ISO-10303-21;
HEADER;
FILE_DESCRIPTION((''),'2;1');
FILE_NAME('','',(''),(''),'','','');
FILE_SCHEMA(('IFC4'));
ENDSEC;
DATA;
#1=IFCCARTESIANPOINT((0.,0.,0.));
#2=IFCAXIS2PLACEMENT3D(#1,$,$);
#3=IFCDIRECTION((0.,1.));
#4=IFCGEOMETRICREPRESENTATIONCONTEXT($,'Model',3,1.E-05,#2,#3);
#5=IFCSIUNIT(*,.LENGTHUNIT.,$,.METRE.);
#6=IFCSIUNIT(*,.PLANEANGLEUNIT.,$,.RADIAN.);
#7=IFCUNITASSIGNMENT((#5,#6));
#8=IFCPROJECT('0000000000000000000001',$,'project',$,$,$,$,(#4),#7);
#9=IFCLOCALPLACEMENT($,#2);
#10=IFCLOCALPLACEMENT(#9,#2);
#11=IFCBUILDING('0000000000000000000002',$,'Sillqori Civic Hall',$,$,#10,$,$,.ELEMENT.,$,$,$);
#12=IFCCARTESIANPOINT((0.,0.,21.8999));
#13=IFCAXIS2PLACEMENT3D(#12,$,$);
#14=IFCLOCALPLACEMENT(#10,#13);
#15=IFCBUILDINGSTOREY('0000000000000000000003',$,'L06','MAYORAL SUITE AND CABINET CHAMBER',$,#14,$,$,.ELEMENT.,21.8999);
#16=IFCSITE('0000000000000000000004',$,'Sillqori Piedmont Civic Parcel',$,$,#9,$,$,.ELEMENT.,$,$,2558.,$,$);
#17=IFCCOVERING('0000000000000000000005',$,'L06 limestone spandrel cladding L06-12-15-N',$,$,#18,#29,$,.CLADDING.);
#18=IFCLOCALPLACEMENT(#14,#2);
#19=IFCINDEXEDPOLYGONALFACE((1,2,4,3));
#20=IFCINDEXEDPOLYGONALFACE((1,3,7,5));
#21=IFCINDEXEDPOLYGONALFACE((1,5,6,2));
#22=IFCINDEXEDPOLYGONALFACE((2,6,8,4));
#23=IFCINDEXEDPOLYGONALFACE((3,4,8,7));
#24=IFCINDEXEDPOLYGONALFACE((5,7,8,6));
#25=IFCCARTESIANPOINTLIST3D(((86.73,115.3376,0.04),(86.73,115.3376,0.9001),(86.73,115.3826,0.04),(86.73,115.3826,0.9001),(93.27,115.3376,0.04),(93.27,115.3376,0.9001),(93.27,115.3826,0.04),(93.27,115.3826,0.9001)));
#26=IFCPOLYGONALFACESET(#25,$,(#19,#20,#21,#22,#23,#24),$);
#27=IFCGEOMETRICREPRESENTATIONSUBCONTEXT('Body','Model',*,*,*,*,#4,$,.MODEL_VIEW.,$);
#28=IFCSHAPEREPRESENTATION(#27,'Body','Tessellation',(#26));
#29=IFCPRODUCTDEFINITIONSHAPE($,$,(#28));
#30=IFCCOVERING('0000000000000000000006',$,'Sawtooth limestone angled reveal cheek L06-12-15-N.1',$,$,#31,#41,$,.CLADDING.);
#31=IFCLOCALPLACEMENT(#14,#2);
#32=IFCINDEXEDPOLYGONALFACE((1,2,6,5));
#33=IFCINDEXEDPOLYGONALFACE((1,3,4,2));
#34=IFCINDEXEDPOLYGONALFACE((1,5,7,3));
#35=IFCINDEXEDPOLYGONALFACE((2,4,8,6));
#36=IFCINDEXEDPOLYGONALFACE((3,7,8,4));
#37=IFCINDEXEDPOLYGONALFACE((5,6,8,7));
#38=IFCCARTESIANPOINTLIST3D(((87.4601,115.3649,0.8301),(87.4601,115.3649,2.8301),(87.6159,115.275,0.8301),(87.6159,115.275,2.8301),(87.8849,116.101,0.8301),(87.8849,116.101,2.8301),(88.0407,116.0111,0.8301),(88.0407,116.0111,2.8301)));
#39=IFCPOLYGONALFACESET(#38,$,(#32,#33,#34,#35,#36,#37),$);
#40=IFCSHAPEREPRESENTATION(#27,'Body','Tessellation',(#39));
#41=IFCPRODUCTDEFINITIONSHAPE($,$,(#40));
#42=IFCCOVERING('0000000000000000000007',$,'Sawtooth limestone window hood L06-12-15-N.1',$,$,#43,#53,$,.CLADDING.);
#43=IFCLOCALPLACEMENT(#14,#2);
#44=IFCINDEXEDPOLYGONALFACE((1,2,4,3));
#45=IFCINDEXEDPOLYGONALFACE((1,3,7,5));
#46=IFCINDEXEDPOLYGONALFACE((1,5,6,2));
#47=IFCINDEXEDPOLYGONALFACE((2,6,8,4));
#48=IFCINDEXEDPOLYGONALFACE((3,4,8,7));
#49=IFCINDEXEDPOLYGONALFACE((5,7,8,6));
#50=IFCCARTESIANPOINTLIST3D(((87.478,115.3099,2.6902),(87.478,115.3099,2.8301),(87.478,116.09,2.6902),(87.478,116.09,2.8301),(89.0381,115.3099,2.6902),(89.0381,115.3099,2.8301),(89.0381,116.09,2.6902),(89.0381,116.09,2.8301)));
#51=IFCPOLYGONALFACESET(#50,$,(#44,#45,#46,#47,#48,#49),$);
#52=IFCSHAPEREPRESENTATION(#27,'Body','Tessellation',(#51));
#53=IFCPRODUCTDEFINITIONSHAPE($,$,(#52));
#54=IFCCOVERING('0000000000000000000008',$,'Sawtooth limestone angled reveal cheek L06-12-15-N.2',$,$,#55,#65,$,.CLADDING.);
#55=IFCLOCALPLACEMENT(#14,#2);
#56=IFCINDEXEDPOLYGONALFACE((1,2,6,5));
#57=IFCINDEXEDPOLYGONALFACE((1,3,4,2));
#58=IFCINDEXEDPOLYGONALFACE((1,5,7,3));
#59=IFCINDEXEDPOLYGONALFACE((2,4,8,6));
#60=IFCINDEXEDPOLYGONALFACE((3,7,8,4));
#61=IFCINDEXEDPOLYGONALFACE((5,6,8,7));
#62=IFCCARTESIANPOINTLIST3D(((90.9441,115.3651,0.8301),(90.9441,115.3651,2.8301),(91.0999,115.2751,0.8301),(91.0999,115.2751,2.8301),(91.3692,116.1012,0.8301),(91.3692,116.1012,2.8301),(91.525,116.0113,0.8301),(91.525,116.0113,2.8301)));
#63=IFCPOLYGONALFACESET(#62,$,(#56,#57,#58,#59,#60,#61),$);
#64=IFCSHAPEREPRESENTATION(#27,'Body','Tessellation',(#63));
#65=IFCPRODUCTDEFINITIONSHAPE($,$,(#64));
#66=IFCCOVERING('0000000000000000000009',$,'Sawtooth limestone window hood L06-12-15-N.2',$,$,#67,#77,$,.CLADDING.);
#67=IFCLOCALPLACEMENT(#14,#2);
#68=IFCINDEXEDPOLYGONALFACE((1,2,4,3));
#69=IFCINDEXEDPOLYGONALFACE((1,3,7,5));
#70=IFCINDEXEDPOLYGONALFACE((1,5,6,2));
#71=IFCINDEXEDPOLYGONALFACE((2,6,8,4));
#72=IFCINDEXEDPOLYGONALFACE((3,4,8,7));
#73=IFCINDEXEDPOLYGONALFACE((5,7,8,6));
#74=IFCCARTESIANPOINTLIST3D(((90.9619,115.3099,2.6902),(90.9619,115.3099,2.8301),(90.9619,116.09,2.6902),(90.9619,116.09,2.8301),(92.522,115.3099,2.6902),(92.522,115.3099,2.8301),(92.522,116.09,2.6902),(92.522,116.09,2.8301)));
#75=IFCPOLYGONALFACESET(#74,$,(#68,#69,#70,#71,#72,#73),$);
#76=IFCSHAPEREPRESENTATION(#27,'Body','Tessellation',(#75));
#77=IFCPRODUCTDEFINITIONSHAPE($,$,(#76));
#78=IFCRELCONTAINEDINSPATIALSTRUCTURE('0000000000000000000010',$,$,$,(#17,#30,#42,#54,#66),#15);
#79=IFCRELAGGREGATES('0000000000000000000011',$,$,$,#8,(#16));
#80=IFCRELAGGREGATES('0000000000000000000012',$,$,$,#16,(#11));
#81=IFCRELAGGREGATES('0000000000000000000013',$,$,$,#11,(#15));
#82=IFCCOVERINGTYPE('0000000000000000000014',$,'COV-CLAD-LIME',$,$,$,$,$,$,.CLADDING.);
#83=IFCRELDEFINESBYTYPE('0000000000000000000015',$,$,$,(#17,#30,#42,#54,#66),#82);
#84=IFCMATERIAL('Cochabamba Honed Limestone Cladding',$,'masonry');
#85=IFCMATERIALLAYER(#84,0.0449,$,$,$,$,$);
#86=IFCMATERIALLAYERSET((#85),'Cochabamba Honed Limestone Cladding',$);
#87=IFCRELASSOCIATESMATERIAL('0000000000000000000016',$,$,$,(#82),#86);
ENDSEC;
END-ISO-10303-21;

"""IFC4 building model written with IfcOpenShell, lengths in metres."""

from ifc_helpers import new_model, si_unit, direction, frame, frame_2d, origin, place, context, subcontext, project, spatial, rectangle, extrude, material, layer, layer_set, type_object, element, save


model = new_model("IFC4")

# Units and contexts
model_context = context("Model", 3, precision=1e-05, world=origin(), true_north=direction((0.0, 1.0)))
body_context = subcontext(model_context, "Body", "Model", "MODEL_VIEW")
ifc_project = project(units=[si_unit("LENGTHUNIT", "METRE"), si_unit("PLANEANGLEUNIT", "RADIAN")], contexts=[model_context])

# Site, building, storey
site_placement = place(None, origin())
site = spatial("IfcSite", under=ifc_project, at=site_placement, Name="Sillqori Piedmont Civic Parcel", CompositionType="ELEMENT", RefElevation=2558.0)
building_placement = place(site_placement, origin())
building = spatial("IfcBuilding", under=site, at=building_placement, Name="Sillqori Civic Hall", CompositionType="ELEMENT")
storey_placement = place(building_placement, frame((0.0, 0.0, 21.8999)))
storey = spatial("IfcBuildingStorey", under=building, at=storey_placement, Name="L06", Description="MAYORAL SUITE AND CABINET CHAMBER", CompositionType="ELEMENT", Elevation=21.8999)

# Coverings
ifc_material_1 = material(Name="Cochabamba Honed Limestone Cladding", Category="masonry")
ifc_layer_1 = layer(ifc_material_1, 0.0449)
ifc_layer_set_1 = layer_set([ifc_layer_1], Name="Cochabamba Honed Limestone Cladding")
covering_type = type_object("IfcCoveringType", Name="COV-CLAD-LIME", PredefinedType="CLADDING", material=ifc_layer_set_1)
covering_1_placement = place(storey_placement, frame((86.73, 115.3601, 0.04), z_axis=(0.0, 0.0, 1.0), x_axis=(1.0, 0.0, 0.0)))
element("IfcCovering", 1, at=covering_1_placement, inside=storey, type_object=covering_type, Name="L06 limestone spandrel cladding L06-12-15-N", PredefinedType="CLADDING", context=body_context, shape_type="SweptSolid", body=[
    extrude(rectangle(XDim=6.54, YDim=0.0449, at=frame_2d((3.27, 0.0))), origin(), (0.0, 0.0, 1.0), 0.8601),
])
covering_2_placement = place(storey_placement, frame((87.5381, 115.3201, 0.8301), z_axis=(0.0, 0.0, 1.0), x_axis=(0.499847, 0.866114, 0.0)))
element("IfcCovering", 2, at=covering_2_placement, inside=storey, type_object=covering_type, Name="Sawtooth limestone angled reveal cheek L06-12-15-N.1", PredefinedType="CLADDING", context=body_context, shape_type="SweptSolid", body=[
    extrude(rectangle(XDim=0.8499, YDim=0.1799, at=frame_2d((0.4248, 0.0))), origin(), (0.0, 0.0, 1.0), 2.0),
])
covering_3_placement = place(storey_placement, frame((87.478, 115.7, 2.6902), z_axis=(0.0, 0.0, 1.0), x_axis=(1.0, 0.0, 0.0)))
element("IfcCovering", 3, at=covering_3_placement, inside=storey, type_object=covering_type, Name="Sawtooth limestone window hood L06-12-15-N.1", PredefinedType="CLADDING", context=body_context, shape_type="SweptSolid", body=[
    extrude(rectangle(XDim=1.5601, YDim=0.78, at=frame_2d((0.78, 0.0))), origin(), (0.0, 0.0, 1.0), 0.1399),
])
covering_4_placement = place(storey_placement, frame((91.022, 115.3201, 0.8301), z_axis=(0.0, 0.0, 1.0), x_axis=(0.500062, 0.865989, 0.0)))
element("IfcCovering", 4, at=covering_4_placement, inside=storey, type_object=covering_type, Name="Sawtooth limestone angled reveal cheek L06-12-15-N.2", PredefinedType="CLADDING", context=body_context, shape_type="SweptSolid", body=[
    extrude(rectangle(XDim=0.8501, YDim=0.1799, at=frame_2d((0.425, 0.0))), origin(), (0.0, 0.0, 1.0), 2.0),
])
covering_5_placement = place(storey_placement, frame((90.9619, 115.7, 2.6902), z_axis=(0.0, 0.0, 1.0), x_axis=(1.0, 0.0, 0.0)))
element("IfcCovering", 5, at=covering_5_placement, inside=storey, type_object=covering_type, Name="Sawtooth limestone window hood L06-12-15-N.2", PredefinedType="CLADDING", context=body_context, shape_type="SweptSolid", body=[
    extrude(rectangle(XDim=1.5601, YDim=0.78, at=frame_2d((0.78, 0.0))), origin(), (0.0, 0.0, 1.0), 0.1399),
])

save(model, "model.ifc")
